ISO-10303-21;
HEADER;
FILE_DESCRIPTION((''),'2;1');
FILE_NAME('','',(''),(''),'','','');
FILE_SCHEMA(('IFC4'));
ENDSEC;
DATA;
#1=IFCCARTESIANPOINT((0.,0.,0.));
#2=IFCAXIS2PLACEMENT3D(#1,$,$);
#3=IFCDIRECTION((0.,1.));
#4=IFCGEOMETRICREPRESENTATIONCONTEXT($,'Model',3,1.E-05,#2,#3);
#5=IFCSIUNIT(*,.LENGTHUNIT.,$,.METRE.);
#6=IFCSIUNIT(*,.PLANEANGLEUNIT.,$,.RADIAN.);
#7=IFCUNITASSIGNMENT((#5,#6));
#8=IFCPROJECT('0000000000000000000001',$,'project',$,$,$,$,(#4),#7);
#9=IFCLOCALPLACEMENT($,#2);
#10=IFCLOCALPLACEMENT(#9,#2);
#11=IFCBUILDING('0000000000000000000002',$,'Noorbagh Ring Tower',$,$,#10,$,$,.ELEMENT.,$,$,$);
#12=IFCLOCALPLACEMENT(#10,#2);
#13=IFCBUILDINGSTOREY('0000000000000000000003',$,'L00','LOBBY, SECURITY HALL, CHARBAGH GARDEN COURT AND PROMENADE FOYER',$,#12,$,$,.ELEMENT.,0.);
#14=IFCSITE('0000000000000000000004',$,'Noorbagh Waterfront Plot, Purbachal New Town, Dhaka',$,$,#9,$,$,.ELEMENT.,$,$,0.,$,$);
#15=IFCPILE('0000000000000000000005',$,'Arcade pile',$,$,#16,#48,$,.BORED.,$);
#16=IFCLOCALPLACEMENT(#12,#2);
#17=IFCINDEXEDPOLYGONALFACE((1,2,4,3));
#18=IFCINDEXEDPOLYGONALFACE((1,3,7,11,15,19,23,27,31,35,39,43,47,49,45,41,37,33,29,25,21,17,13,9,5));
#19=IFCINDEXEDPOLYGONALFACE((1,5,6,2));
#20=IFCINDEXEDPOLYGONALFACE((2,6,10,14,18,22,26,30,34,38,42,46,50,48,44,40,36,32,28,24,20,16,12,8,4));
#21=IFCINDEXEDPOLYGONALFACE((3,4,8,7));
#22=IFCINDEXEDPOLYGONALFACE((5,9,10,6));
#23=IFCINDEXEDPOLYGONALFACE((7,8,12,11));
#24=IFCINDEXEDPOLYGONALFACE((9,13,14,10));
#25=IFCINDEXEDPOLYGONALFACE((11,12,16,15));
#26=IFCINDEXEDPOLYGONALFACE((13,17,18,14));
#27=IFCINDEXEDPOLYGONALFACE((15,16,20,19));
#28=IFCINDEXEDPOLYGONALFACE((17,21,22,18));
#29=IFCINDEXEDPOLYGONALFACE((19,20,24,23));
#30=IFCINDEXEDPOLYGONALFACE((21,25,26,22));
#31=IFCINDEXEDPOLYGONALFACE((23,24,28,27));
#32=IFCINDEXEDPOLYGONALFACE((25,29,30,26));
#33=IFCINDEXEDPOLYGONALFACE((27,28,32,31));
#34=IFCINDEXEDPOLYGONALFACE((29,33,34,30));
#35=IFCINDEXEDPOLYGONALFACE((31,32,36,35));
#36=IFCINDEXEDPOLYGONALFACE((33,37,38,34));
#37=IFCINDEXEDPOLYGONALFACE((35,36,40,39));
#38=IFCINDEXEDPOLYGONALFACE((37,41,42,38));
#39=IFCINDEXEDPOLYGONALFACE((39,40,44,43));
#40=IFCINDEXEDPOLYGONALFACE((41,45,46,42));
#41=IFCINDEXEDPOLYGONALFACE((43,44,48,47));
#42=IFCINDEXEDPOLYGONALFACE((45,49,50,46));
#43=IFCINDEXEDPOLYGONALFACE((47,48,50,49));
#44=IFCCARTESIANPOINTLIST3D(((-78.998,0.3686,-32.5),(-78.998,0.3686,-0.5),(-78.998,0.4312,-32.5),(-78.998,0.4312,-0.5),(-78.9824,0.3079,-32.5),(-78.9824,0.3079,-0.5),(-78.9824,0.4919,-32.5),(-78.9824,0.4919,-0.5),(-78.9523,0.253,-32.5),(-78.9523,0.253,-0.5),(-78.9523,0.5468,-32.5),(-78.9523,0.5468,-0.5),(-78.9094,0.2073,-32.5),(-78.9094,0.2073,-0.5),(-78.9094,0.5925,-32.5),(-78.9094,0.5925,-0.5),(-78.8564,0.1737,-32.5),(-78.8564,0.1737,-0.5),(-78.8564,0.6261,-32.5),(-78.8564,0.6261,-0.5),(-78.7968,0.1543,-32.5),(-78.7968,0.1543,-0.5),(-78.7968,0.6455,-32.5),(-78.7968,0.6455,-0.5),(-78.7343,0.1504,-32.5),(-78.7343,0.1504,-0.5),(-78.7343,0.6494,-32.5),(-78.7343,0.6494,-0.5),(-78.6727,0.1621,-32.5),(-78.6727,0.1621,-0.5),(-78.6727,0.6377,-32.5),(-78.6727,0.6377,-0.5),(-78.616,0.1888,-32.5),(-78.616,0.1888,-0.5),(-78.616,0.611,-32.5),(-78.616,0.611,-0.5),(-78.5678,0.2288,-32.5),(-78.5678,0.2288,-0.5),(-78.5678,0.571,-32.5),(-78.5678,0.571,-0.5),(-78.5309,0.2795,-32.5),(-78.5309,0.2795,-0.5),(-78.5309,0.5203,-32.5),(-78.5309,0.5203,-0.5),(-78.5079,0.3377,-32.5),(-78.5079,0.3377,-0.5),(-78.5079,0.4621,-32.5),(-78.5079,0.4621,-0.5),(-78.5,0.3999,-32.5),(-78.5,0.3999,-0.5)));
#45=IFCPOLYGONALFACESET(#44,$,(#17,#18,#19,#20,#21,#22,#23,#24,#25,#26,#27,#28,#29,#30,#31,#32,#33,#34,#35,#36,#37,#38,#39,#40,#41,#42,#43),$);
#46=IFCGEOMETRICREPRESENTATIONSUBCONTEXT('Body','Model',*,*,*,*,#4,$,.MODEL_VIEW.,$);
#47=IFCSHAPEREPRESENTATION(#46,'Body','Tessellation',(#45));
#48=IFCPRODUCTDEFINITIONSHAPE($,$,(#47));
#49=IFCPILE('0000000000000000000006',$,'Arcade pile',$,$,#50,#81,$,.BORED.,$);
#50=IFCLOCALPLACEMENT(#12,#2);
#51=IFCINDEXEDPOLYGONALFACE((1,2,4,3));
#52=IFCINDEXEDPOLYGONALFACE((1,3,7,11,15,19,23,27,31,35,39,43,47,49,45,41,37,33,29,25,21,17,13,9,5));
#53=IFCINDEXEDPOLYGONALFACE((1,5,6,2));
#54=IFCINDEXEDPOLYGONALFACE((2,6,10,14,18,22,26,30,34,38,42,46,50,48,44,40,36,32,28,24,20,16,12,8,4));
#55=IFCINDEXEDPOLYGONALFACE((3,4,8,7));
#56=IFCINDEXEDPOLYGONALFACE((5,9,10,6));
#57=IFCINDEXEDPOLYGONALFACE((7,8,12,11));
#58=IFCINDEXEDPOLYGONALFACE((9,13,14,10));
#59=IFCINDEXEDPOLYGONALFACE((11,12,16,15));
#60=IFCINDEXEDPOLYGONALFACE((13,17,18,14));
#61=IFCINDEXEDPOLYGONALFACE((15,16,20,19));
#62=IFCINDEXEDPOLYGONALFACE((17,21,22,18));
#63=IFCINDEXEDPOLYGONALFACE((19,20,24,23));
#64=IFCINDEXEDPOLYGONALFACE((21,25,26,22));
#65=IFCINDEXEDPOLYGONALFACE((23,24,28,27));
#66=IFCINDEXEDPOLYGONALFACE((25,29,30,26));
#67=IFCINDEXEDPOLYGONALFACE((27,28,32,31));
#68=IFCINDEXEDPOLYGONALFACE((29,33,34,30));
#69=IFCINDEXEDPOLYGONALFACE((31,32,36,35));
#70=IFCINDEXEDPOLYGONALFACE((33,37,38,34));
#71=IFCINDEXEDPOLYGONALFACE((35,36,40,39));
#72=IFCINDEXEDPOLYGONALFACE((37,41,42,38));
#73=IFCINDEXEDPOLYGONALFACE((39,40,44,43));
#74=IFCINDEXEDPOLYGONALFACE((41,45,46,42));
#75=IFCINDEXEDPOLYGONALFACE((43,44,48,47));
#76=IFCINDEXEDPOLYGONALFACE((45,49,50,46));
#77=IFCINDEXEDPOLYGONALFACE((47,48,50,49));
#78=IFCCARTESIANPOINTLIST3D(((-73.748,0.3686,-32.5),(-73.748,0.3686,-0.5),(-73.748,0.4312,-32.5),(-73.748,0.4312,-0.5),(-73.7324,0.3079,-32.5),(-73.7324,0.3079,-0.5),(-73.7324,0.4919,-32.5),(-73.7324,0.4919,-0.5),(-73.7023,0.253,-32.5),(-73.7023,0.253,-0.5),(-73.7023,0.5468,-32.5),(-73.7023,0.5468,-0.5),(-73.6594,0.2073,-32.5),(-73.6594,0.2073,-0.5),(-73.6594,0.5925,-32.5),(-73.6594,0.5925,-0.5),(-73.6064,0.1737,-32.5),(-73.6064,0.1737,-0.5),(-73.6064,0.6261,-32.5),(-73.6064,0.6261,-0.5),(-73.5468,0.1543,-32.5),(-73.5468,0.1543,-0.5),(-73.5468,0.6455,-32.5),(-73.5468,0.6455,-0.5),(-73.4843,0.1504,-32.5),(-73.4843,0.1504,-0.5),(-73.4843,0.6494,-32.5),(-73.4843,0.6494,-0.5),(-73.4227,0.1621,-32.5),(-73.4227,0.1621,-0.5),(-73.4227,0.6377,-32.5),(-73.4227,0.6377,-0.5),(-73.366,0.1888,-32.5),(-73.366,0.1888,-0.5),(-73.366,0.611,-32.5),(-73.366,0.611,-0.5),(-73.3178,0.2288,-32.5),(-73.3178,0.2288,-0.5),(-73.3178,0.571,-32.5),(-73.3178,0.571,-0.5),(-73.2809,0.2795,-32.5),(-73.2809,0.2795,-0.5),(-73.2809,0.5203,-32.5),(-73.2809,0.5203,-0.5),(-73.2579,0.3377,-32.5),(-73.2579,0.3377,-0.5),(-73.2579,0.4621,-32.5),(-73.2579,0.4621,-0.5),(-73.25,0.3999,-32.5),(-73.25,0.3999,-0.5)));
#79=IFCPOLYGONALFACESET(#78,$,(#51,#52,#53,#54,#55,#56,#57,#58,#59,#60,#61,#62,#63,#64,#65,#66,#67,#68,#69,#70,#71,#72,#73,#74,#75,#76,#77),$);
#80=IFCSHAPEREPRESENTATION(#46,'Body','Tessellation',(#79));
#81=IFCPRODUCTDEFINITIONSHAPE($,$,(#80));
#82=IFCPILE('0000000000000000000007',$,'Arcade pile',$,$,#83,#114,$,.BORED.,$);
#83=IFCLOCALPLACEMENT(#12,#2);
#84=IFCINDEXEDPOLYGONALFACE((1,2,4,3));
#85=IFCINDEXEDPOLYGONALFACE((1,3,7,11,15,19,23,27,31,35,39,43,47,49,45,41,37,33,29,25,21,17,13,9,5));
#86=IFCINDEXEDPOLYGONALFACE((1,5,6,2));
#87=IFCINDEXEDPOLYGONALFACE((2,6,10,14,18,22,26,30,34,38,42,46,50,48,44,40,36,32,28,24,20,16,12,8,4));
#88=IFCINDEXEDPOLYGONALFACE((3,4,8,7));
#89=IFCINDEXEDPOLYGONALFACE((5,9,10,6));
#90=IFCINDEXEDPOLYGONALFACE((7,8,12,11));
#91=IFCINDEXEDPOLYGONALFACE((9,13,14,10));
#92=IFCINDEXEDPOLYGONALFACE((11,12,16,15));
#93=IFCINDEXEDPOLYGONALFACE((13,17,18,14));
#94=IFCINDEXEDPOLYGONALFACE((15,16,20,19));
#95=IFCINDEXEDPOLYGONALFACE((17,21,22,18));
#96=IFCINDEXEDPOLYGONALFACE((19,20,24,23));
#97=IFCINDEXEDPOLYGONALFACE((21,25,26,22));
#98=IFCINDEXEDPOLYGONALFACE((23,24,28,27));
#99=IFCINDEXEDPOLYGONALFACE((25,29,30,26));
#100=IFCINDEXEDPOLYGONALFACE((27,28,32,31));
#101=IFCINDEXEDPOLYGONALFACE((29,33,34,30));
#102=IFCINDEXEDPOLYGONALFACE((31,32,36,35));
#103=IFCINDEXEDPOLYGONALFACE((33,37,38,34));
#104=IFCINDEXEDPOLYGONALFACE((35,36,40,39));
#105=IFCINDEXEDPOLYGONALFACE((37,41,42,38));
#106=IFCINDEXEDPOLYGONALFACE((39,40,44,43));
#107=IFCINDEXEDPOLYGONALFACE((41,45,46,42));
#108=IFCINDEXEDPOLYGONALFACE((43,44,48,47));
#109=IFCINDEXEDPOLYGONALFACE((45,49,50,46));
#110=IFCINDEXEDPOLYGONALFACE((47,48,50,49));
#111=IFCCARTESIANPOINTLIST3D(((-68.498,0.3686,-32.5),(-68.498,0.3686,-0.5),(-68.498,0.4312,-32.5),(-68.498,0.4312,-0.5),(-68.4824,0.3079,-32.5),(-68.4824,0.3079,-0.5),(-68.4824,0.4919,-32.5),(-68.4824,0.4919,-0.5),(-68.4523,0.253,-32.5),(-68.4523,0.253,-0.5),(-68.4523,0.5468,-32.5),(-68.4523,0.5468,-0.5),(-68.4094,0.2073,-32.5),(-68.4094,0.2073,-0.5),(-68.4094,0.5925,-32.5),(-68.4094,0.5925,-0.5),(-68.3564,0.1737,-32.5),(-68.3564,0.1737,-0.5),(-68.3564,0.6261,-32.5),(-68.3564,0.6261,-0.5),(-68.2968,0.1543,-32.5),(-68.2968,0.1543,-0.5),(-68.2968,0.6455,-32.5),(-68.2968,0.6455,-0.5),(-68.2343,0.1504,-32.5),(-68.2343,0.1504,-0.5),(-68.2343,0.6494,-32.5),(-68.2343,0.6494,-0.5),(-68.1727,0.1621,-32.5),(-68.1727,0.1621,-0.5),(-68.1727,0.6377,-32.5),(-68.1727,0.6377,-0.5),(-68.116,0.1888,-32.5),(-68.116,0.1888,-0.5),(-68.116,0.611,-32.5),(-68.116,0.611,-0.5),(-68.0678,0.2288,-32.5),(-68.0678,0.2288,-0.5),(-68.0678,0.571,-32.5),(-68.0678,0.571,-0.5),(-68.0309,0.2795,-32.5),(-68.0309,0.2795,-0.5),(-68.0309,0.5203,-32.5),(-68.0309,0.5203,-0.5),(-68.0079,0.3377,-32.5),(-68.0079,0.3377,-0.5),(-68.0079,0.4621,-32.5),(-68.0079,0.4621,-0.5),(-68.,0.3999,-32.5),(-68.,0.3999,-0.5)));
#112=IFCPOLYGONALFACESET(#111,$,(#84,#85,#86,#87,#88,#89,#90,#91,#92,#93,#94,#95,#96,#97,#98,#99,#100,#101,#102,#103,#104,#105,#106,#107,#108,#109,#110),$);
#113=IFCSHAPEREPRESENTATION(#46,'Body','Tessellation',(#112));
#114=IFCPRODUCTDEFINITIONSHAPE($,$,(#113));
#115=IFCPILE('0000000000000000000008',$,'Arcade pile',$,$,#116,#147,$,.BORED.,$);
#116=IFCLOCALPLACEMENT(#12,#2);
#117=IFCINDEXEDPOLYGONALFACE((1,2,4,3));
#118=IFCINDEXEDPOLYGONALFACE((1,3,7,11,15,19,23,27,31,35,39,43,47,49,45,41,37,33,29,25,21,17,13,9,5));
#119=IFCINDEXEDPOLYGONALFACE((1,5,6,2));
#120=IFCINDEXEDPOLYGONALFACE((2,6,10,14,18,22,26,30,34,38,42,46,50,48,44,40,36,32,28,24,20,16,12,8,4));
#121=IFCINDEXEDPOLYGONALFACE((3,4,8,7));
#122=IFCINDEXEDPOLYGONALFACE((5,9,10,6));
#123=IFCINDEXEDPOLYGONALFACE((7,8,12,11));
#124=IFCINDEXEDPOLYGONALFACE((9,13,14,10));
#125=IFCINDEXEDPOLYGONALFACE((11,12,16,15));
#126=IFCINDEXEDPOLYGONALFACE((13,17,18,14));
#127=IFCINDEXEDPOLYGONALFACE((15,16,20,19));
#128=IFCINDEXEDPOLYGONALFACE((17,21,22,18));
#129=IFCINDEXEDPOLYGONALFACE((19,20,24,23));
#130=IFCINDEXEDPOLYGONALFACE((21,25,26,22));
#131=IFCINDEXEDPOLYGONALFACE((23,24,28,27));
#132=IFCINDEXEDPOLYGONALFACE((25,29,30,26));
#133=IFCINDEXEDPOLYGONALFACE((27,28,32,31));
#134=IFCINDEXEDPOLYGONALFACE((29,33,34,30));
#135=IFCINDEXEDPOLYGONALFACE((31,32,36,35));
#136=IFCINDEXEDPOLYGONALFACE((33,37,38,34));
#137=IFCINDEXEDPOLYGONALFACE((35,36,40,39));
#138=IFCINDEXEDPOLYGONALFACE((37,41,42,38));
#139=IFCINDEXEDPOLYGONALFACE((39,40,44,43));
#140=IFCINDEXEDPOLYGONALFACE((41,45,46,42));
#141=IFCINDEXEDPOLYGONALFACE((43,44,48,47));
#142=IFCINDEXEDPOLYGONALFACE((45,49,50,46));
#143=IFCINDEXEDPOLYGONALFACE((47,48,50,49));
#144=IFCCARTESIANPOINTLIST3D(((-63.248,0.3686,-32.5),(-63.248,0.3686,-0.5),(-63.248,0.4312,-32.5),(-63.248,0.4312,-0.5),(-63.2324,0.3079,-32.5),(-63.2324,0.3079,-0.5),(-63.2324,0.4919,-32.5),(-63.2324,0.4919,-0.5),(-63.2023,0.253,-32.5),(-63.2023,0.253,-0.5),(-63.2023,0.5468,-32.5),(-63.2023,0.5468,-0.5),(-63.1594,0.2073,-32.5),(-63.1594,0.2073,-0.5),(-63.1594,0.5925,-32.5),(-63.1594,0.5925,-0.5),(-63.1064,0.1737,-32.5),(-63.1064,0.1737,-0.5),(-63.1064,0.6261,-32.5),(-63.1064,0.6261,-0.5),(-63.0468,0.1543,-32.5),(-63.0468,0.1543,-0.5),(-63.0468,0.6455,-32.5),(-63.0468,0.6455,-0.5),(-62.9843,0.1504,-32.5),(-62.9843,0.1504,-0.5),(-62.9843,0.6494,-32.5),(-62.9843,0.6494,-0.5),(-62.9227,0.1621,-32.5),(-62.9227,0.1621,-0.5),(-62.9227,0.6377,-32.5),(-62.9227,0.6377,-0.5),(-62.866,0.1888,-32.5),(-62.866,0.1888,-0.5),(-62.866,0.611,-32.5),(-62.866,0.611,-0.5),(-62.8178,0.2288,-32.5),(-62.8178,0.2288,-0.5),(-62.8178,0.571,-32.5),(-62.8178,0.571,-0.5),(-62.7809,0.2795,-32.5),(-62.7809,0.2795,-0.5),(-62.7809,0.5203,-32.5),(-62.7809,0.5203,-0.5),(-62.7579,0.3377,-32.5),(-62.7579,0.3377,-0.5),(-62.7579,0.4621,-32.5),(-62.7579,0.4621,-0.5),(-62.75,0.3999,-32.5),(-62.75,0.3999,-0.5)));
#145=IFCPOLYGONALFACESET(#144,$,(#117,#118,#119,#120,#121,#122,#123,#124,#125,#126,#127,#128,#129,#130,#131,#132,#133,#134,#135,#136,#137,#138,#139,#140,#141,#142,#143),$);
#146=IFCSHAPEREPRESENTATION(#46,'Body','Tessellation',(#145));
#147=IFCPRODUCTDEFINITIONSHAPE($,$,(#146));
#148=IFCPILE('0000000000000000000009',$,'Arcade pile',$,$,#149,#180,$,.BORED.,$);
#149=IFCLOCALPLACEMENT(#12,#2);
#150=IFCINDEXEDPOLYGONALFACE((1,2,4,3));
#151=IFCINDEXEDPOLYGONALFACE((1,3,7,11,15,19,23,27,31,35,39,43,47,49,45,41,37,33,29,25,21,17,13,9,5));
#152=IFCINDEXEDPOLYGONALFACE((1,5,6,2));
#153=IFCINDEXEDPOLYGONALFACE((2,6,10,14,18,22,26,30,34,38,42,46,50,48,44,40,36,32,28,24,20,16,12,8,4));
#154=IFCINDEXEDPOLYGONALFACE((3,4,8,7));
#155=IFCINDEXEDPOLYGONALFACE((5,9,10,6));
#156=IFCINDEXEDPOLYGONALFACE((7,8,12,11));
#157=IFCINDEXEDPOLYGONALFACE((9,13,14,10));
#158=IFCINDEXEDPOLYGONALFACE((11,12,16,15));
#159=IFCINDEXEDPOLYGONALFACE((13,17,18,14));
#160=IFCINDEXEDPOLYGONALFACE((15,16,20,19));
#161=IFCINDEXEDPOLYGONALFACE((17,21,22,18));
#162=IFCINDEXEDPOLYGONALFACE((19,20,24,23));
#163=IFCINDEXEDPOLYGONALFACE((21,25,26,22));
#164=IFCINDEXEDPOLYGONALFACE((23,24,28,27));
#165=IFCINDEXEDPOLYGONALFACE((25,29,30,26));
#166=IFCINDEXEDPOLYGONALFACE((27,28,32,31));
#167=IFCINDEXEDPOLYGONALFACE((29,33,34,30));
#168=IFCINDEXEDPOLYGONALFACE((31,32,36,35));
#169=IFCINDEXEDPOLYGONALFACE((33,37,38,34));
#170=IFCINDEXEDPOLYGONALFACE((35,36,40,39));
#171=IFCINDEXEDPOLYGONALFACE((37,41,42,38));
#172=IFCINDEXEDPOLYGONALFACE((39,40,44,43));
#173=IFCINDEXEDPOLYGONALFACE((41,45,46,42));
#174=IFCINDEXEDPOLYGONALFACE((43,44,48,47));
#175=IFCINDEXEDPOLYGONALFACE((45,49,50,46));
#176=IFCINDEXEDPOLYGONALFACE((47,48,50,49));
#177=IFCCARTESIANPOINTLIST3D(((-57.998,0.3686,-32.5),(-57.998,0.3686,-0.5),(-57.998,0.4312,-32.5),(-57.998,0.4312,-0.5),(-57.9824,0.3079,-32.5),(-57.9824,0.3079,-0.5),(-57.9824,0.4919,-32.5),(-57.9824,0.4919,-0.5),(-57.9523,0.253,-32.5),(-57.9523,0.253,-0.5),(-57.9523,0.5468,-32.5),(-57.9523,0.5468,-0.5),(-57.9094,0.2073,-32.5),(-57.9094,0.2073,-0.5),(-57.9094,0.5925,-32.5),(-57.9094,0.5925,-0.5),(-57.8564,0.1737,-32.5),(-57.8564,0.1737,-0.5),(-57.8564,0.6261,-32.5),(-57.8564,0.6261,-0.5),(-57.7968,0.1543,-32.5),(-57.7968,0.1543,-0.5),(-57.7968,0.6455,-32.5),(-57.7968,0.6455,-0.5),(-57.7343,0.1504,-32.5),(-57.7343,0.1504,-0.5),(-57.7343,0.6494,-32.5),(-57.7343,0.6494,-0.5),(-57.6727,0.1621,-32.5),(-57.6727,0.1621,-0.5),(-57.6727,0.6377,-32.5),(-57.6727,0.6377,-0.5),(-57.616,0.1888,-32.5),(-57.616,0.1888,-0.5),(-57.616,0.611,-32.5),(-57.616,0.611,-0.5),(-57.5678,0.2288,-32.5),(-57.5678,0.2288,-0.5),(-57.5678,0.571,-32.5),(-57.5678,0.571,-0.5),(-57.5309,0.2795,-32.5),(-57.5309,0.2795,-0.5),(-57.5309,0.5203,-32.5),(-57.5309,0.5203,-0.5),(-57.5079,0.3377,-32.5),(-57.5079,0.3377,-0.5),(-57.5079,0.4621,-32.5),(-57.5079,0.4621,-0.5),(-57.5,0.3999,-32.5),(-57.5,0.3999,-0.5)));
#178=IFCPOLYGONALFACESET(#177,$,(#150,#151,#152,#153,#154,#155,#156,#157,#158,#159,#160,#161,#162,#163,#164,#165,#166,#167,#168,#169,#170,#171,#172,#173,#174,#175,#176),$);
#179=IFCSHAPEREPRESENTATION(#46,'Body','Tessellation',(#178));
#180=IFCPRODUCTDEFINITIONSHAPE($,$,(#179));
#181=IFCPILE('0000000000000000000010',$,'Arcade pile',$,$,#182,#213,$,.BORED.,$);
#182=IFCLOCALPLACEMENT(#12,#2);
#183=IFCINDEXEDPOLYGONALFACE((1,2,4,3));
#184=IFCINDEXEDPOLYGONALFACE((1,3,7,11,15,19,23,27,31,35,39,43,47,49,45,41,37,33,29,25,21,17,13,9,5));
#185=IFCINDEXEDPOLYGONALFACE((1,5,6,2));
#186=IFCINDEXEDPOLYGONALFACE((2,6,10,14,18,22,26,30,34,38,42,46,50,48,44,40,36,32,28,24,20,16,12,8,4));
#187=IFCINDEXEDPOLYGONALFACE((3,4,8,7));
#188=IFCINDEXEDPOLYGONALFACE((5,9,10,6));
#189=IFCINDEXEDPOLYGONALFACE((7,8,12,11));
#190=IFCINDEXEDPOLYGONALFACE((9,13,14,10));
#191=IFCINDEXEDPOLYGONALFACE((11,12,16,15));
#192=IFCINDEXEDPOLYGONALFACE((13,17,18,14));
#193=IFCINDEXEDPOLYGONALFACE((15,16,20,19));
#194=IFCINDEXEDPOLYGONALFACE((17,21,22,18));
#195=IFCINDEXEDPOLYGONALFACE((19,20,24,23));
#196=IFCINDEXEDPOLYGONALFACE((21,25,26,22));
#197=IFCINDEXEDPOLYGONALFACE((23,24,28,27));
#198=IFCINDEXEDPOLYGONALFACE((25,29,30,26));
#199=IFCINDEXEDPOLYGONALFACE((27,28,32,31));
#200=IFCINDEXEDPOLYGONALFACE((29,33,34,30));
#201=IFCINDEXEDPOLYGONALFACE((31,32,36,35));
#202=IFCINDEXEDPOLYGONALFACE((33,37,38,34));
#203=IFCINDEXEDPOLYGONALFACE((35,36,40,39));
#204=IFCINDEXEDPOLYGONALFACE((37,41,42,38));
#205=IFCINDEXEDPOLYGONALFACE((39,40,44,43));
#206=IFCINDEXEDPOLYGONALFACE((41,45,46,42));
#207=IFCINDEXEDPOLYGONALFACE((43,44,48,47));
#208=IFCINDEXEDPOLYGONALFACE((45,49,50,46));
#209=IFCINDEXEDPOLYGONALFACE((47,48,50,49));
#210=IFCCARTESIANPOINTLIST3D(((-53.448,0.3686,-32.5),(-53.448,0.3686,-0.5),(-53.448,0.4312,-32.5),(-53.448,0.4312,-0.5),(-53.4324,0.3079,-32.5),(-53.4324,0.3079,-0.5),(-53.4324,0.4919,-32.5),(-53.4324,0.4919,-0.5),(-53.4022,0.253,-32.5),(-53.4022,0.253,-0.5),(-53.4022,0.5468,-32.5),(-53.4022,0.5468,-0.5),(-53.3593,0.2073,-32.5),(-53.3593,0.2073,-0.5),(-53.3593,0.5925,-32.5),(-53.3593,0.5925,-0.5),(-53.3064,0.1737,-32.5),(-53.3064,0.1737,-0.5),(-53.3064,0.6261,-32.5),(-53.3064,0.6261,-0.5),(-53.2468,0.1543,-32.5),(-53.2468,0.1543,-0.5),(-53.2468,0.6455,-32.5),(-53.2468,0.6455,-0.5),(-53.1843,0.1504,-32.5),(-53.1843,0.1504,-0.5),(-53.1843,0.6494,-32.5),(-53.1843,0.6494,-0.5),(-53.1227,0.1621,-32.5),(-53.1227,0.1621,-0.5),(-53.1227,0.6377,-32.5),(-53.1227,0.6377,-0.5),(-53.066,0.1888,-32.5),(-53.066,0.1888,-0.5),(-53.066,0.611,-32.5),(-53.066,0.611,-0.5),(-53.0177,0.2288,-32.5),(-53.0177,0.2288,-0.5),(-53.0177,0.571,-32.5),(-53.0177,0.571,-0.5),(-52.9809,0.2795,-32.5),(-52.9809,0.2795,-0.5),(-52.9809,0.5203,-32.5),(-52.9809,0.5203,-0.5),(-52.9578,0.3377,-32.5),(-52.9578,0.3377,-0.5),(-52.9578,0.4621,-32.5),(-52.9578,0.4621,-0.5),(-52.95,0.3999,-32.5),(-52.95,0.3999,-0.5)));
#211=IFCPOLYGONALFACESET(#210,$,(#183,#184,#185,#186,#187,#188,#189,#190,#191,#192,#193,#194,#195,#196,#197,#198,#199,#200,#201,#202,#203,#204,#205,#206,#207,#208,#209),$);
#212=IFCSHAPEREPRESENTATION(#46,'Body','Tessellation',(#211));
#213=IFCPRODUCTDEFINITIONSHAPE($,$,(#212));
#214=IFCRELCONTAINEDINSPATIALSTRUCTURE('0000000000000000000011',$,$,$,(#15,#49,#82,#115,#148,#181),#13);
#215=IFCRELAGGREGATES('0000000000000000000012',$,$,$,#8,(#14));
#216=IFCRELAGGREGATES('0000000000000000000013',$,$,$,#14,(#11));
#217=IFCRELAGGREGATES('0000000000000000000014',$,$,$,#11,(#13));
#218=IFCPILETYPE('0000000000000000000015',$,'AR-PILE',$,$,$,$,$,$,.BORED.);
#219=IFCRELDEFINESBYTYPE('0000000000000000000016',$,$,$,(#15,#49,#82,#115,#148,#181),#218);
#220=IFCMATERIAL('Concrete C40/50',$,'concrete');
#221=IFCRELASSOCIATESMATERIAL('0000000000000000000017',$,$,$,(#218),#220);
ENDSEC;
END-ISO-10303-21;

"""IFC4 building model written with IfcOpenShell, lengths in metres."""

from ifc_helpers import new_model, si_unit, direction, frame, origin, origin_2d, place, context, subcontext, project, spatial, circle, extrude, material, material_profile, profile_set, type_object, element, save


model = new_model("IFC4")

# Units and contexts
model_context = context("Model", 3, precision=1e-05, world=origin(), true_north=direction((0.0, 1.0)))
body_context = subcontext(model_context, "Body", "Model", "MODEL_VIEW")
ifc_project = project(units=[si_unit("LENGTHUNIT", "METRE"), si_unit("PLANEANGLEUNIT", "RADIAN")], contexts=[model_context])

# Site, building, storey
site_placement = place(None, origin())
site = spatial("IfcSite", under=ifc_project, at=site_placement, Name="Noorbagh Waterfront Plot, Purbachal New Town, Dhaka", CompositionType="ELEMENT", RefElevation=0.0)
building_placement = place(site_placement, origin())
building = spatial("IfcBuilding", under=site, at=building_placement, Name="Noorbagh Ring Tower", CompositionType="ELEMENT")
storey_placement = place(building_placement, origin())
storey = spatial("IfcBuildingStorey", under=building, at=storey_placement, Name="L00", Description="LOBBY, SECURITY HALL, CHARBAGH GARDEN COURT AND PROMENADE FOYER", CompositionType="ELEMENT", Elevation=0.0)

# Piles
ifc_material_1 = material(Name="Concrete C40/50", Category="concrete")
ifc_material_profile_1 = material_profile(ifc_material_1, circle(Radius=0.25, at=origin_2d()), Name="PILE500")
ifc_profile_set_1 = profile_set([ifc_material_profile_1], Name="Concrete C40/50")
pile_type = type_object("IfcPileType", Name="AR-PILE", PredefinedType="BORED", material=ifc_profile_set_1)
for number, where, z_axis, x_axis, name in (
    (1, (-78.75, 0.3999, -0.5), (0.0, 0.0, -1.0), (1.0, 0.0, 0.0), "Arcade pile"),
    (2, (-73.5, 0.3999, -0.5), (0.0, 0.0, -1.0), (1.0, 0.0, 0.0), "Arcade pile"),
    (3, (-68.25, 0.3999, -0.5), (0.0, 0.0, -1.0), (1.0, 0.0, 0.0), "Arcade pile"),
    (4, (-63.0, 0.3999, -0.5), (0.0, 0.0, -1.0), (1.0, 0.0, 0.0), "Arcade pile"),
    (5, (-57.75, 0.3999, -0.5), (0.0, 0.0, -1.0), (1.0, 0.0, 0.0), "Arcade pile"),
    (6, (-53.2, 0.3999, -0.5), (0.0, 0.0, -1.0), (1.0, 0.0, 0.0), "Arcade pile"),
):
    element("IfcPile", number, at=place(storey_placement, frame(where, z_axis=z_axis, x_axis=x_axis)), inside=storey, type_object=pile_type, Name=name, PredefinedType="BORED", context=body_context, shape_type="SweptSolid", body=[
        extrude(circle(Radius=0.25, at=origin_2d()), origin(), (0.0, 0.0, 1.0), 32.0),
    ])

save(model, "model.ifc")
